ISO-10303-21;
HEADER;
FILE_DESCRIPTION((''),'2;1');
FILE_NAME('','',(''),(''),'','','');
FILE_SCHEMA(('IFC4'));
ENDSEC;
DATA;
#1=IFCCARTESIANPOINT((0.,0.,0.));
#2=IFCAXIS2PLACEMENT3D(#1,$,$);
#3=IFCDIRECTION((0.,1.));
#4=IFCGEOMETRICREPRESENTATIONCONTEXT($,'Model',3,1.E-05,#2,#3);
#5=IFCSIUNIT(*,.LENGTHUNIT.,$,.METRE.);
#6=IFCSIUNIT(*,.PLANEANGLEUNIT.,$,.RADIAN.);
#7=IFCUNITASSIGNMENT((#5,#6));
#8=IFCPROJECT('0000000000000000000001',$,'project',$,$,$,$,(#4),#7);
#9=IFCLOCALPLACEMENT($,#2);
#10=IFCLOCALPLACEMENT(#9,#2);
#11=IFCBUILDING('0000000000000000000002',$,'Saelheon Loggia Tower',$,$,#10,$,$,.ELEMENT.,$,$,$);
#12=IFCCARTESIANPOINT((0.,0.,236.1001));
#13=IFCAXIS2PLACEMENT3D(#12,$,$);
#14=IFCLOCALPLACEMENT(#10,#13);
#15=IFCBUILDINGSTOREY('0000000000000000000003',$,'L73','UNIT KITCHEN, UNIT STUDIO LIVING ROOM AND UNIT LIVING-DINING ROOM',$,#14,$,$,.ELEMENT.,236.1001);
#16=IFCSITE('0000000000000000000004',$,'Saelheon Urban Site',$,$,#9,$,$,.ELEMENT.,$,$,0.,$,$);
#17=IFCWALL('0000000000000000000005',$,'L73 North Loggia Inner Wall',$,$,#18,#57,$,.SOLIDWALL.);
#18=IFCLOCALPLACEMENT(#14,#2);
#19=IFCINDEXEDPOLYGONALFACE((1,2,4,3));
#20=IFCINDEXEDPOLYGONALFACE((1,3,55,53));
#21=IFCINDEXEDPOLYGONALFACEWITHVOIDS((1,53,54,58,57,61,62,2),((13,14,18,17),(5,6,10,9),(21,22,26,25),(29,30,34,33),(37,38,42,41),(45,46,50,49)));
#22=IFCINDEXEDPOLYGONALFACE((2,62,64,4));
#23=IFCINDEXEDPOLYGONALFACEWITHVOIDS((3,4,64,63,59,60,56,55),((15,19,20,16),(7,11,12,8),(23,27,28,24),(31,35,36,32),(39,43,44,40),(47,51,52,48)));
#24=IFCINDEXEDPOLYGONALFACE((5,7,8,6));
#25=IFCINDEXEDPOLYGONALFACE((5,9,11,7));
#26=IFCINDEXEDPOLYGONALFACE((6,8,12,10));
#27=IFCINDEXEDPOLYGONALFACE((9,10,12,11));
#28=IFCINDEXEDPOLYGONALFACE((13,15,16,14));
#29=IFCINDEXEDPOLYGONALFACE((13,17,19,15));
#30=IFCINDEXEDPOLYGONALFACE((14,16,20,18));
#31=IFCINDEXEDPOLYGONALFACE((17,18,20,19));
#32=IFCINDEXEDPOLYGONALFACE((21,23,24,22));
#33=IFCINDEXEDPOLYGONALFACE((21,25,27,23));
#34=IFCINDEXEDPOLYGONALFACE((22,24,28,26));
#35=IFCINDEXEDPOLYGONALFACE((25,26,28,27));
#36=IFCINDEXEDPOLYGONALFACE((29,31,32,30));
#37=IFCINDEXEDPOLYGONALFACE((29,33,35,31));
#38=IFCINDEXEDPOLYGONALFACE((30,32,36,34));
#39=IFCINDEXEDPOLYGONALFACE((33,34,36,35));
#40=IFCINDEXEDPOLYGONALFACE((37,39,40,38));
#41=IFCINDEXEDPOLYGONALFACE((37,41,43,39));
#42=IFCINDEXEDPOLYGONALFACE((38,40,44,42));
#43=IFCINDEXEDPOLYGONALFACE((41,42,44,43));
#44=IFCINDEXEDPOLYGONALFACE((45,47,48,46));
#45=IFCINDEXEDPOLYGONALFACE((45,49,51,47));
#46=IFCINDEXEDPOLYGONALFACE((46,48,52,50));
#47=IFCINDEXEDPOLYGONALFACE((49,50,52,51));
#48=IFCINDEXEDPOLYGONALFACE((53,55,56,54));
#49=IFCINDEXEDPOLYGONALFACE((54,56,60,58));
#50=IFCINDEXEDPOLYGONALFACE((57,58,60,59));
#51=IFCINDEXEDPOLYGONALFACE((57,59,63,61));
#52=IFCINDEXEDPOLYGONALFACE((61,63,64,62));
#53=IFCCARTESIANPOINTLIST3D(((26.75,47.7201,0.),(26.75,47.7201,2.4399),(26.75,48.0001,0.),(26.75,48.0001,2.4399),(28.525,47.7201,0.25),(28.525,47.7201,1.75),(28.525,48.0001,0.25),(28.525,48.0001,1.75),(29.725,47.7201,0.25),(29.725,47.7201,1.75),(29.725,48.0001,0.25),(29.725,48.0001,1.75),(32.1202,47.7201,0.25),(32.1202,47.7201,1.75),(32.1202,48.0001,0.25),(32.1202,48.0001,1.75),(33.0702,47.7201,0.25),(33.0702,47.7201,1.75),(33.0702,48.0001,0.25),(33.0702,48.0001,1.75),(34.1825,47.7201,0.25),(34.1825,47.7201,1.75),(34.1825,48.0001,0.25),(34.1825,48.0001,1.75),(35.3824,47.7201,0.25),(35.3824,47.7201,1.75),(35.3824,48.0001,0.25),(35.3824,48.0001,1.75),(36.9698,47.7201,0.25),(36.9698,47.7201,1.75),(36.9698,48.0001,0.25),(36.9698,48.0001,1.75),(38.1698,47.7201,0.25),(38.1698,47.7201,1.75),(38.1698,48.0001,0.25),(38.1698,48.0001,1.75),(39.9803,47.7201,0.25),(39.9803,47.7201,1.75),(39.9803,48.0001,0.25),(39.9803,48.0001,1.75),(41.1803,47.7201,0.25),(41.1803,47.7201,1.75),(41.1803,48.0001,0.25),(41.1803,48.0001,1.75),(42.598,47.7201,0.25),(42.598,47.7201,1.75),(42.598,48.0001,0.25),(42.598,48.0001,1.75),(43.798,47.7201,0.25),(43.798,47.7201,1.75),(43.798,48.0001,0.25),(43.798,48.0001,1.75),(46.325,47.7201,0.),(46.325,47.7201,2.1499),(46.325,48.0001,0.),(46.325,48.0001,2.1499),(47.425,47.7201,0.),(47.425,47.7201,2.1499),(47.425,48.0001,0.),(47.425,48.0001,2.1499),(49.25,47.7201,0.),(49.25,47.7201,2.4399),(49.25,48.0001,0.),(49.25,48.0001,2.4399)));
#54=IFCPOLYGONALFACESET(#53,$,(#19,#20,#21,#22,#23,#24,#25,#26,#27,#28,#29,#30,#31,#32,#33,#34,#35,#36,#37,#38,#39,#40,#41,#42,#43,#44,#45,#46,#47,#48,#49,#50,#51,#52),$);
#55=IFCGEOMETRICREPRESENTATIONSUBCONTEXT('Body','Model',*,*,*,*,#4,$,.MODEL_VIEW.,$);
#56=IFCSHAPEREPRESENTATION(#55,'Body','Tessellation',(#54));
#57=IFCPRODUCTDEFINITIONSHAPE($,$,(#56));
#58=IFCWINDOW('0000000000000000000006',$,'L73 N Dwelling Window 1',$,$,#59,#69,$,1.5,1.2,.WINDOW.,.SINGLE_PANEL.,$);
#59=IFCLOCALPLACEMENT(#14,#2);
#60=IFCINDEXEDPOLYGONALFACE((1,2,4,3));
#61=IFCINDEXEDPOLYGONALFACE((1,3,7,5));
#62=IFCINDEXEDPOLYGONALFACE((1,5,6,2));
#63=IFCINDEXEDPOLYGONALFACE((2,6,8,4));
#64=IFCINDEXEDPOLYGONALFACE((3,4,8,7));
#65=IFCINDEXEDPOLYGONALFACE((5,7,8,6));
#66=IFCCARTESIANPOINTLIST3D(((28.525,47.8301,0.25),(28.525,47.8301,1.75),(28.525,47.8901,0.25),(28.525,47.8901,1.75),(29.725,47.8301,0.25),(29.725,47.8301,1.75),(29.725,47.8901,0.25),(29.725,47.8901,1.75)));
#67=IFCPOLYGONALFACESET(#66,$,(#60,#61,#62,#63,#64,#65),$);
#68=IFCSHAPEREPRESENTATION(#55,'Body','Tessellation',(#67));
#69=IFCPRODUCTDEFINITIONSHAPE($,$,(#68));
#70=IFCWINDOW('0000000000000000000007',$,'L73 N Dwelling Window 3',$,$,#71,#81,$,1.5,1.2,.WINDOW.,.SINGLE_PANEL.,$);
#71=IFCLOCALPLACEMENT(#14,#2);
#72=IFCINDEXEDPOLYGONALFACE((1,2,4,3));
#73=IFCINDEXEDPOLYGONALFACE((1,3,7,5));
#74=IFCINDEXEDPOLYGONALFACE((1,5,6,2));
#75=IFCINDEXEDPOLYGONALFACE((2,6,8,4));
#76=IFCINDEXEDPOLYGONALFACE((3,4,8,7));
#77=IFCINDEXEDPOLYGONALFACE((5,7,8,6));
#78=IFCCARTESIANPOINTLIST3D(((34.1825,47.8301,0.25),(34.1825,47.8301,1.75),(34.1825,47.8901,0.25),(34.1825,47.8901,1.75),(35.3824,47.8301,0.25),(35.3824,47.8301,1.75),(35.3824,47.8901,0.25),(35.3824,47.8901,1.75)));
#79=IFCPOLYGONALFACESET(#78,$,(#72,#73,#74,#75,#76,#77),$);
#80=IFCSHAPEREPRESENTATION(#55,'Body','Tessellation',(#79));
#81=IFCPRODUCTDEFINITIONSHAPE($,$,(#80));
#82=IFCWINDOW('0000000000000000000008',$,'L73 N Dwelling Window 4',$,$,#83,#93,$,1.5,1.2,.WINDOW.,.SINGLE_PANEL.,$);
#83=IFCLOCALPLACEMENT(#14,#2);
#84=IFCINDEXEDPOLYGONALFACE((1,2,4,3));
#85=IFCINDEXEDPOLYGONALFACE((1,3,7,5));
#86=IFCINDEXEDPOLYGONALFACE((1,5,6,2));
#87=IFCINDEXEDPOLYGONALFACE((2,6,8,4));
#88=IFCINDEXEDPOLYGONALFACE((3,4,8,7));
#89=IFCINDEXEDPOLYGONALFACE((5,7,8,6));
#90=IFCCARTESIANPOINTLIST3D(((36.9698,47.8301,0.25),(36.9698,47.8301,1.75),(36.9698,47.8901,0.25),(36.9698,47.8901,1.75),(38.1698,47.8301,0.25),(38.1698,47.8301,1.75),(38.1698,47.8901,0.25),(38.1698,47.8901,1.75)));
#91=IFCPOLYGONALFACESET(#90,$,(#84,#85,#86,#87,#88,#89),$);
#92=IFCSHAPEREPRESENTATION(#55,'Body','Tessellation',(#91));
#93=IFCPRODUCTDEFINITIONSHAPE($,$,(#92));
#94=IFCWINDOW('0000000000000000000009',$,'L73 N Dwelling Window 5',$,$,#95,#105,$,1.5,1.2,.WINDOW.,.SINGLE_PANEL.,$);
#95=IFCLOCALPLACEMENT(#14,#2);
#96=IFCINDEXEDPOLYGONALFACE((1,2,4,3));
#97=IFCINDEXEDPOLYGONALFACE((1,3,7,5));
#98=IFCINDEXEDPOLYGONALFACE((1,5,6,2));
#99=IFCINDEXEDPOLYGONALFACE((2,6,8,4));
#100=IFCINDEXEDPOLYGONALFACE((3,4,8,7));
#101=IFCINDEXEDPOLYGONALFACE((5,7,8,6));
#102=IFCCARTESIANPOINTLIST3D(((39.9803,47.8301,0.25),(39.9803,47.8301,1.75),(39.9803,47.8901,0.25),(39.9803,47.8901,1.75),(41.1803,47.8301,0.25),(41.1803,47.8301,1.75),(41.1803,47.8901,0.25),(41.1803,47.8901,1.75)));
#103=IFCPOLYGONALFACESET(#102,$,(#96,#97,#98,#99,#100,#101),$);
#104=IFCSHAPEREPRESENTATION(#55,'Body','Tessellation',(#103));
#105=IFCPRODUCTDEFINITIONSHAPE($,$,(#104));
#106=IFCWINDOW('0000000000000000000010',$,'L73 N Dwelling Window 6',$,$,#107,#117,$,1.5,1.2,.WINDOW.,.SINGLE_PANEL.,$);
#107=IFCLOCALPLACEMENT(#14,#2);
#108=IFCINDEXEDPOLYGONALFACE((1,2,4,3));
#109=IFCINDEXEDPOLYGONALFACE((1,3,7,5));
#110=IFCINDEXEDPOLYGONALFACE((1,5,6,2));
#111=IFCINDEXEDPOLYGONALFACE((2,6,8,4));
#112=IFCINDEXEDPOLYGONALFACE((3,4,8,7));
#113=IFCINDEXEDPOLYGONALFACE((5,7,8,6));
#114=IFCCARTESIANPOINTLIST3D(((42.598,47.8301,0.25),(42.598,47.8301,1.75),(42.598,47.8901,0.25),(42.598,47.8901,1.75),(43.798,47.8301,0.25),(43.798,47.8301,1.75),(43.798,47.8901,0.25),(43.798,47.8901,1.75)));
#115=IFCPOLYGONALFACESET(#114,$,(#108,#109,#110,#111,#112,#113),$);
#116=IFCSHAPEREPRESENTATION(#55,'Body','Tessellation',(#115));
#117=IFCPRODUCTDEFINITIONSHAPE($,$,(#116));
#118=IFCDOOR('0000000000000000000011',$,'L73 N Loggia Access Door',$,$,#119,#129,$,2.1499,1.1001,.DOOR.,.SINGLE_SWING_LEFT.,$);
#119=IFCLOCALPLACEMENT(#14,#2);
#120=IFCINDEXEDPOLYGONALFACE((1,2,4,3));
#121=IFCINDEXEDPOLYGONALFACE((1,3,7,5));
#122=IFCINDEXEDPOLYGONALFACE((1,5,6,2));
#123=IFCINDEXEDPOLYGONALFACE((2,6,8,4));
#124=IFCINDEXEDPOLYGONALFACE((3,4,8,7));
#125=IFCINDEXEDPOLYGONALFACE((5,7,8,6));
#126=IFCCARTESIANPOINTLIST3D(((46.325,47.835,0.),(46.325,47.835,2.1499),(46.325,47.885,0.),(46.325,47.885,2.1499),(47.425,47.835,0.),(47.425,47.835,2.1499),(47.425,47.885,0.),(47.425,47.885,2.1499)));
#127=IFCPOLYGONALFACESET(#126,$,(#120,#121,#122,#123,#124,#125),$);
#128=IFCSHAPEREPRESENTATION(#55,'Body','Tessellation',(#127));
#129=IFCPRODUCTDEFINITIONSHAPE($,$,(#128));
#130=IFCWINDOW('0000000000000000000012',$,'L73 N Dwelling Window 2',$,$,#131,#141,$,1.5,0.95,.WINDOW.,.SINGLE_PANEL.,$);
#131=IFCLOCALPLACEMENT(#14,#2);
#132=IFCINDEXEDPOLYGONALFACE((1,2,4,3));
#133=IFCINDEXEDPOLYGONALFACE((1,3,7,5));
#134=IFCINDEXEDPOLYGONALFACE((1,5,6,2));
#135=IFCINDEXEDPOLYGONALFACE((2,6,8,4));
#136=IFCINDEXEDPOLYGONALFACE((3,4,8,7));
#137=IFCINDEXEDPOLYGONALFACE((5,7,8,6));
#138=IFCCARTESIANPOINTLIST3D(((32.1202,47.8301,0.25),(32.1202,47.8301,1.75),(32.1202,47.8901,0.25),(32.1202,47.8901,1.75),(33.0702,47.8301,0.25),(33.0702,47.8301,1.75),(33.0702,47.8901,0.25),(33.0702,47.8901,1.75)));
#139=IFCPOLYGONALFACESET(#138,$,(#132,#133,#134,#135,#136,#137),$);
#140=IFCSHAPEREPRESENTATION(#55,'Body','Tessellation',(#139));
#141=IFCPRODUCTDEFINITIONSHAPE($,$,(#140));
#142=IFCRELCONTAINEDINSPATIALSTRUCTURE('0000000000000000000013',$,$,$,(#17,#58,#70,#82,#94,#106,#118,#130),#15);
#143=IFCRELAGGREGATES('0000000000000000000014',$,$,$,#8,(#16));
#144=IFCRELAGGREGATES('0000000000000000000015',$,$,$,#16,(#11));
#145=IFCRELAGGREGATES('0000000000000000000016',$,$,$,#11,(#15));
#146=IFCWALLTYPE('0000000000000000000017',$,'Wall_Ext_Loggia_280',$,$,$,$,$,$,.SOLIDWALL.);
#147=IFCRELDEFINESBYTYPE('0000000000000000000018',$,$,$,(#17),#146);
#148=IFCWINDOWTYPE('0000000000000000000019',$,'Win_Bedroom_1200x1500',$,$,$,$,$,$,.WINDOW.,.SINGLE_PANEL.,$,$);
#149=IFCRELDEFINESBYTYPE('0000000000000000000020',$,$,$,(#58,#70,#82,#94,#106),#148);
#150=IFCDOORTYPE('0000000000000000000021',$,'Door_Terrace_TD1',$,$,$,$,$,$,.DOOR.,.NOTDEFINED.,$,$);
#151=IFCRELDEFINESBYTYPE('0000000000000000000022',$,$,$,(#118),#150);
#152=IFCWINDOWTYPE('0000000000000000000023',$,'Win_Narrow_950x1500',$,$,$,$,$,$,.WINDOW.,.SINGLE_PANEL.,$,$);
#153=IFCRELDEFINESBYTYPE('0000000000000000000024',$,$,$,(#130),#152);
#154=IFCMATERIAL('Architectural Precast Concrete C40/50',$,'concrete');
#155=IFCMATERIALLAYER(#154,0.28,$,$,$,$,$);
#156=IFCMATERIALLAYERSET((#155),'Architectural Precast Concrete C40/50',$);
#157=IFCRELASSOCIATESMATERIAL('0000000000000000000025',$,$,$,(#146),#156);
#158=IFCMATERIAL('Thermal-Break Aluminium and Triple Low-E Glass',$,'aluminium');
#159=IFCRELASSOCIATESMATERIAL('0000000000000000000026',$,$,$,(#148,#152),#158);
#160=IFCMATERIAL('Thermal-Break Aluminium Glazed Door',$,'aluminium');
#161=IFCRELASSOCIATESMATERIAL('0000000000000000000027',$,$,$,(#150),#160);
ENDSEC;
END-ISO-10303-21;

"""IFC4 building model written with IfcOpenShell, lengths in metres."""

from ifc_helpers import new_model, si_unit, direction, frame, frame_2d, origin, place, context, subcontext, project, spatial, rectangle, extrude, source, transform, mapped, material, layer, layer_set, type_object, element, fill, save


model = new_model("IFC4")

# Units and contexts
model_context = context("Model", 3, precision=1e-05, world=origin(), true_north=direction((0.0, 1.0)))
body_context = subcontext(model_context, "Body", "Model", "MODEL_VIEW")
ifc_project = project(units=[si_unit("LENGTHUNIT", "METRE"), si_unit("PLANEANGLEUNIT", "RADIAN")], contexts=[model_context])

# Site, building, storey
site_placement = place(None, origin())
site = spatial("IfcSite", under=ifc_project, at=site_placement, Name="Saelheon Urban Site", CompositionType="ELEMENT", RefElevation=0.0)
building_placement = place(site_placement, origin())
building = spatial("IfcBuilding", under=site, at=building_placement, Name="Saelheon Loggia Tower", CompositionType="ELEMENT")
storey_placement = place(building_placement, frame((0.0, 0.0, 236.1001)))
storey = spatial("IfcBuildingStorey", under=building, at=storey_placement, Name="L73", Description="UNIT KITCHEN, UNIT STUDIO LIVING ROOM AND UNIT LIVING-DINING ROOM", CompositionType="ELEMENT", Elevation=236.1001)

# Wall, openings, windows, door
ifc_material_1 = material(Name="Architectural Precast Concrete C40/50", Category="concrete")
ifc_layer_1 = layer(ifc_material_1, 0.28)
ifc_layer_set_1 = layer_set([ifc_layer_1], Name="Architectural Precast Concrete C40/50")
wall_type = type_object("IfcWallType", Name="Wall_Ext_Loggia_280", PredefinedType="SOLIDWALL", material=ifc_layer_set_1)
wall_placement = place(storey_placement, frame((26.75, 47.8601, 0.0), z_axis=(0.0, 0.0, 1.0), x_axis=(1.0, 0.0, 0.0)))
wall = element("IfcWall", 1, at=wall_placement, inside=storey, type_object=wall_type, Name="L73 North Loggia Inner Wall", PredefinedType="SOLIDWALL", context=body_context, shape_type="SweptSolid", body=[
    extrude(rectangle(XDim=22.5, YDim=0.28, at=frame_2d((11.25, 0.0))), origin(), (0.0, 0.0, 1.0), 2.4399),
])
opening_1_placement = place(wall_placement, frame((1.7749, 0.0, 0.25)))
opening_1 = element("IfcOpeningElement", 2, at=opening_1_placement, cuts=wall, PredefinedType="OPENING", context=body_context, shape_type="SweptSolid", body=[
    extrude(rectangle(XDim=1.2, YDim=1.5, at=frame_2d((0.6001, 0.75))), frame((0.0, 0.1521, 0.0), z_axis=(0.0, -1.0, 0.0), x_axis=(1.0, 0.0, 0.0)), (0.0, 0.0, 1.0), 0.304),
])
opening_2_placement = place(wall_placement, frame((5.3701, 0.0, 0.25)))
opening_2 = element("IfcOpeningElement", 3, at=opening_2_placement, cuts=wall, PredefinedType="OPENING", context=body_context, shape_type="SweptSolid", body=[
    extrude(rectangle(XDim=0.95, YDim=1.5, at=frame_2d((0.4751, 0.75))), frame((0.0, 0.1521, 0.0), z_axis=(0.0, -1.0, 0.0), x_axis=(1.0, 0.0, 0.0)), (0.0, 0.0, 1.0), 0.304),
])
opening_3_placement = place(wall_placement, frame((7.4324, 0.0, 0.25)))
opening_3 = element("IfcOpeningElement", 4, at=opening_3_placement, cuts=wall, PredefinedType="OPENING", context=body_context, shape_type="SweptSolid", body=[
    extrude(rectangle(XDim=1.2, YDim=1.5, at=frame_2d((0.6001, 0.75))), frame((0.0, 0.1521, 0.0), z_axis=(0.0, -1.0, 0.0), x_axis=(1.0, 0.0, 0.0)), (0.0, 0.0, 1.0), 0.304),
])
opening_4_placement = place(wall_placement, frame((10.2197, 0.0, 0.25)))
opening_4 = element("IfcOpeningElement", 5, at=opening_4_placement, cuts=wall, PredefinedType="OPENING", context=body_context, shape_type="SweptSolid", body=[
    extrude(rectangle(XDim=1.2, YDim=1.5, at=frame_2d((0.6001, 0.75))), frame((0.0, 0.1521, 0.0), z_axis=(0.0, -1.0, 0.0), x_axis=(1.0, 0.0, 0.0)), (0.0, 0.0, 1.0), 0.304),
])
opening_5_placement = place(wall_placement, frame((13.2302, 0.0, 0.25)))
opening_5 = element("IfcOpeningElement", 6, at=opening_5_placement, cuts=wall, PredefinedType="OPENING", context=body_context, shape_type="SweptSolid", body=[
    extrude(rectangle(XDim=1.2, YDim=1.5, at=frame_2d((0.6001, 0.75))), frame((0.0, 0.1521, 0.0), z_axis=(0.0, -1.0, 0.0), x_axis=(1.0, 0.0, 0.0)), (0.0, 0.0, 1.0), 0.304),
])
opening_6_placement = place(wall_placement, frame((15.8479, 0.0, 0.25)))
opening_6 = element("IfcOpeningElement", 7, at=opening_6_placement, cuts=wall, PredefinedType="OPENING", context=body_context, shape_type="SweptSolid", body=[
    extrude(rectangle(XDim=1.2, YDim=1.5, at=frame_2d((0.6001, 0.75))), frame((0.0, 0.1521, 0.0), z_axis=(0.0, -1.0, 0.0), x_axis=(1.0, 0.0, 0.0)), (0.0, 0.0, 1.0), 0.304),
])
opening_7_placement = place(wall_placement, frame((19.575, 0.0, 0.0)))
opening_7 = element("IfcOpeningElement", 8, at=opening_7_placement, cuts=wall, PredefinedType="OPENING", context=body_context, shape_type="SweptSolid", body=[
    extrude(rectangle(XDim=1.1001, YDim=2.1499, at=frame_2d((0.55, 1.075))), frame((0.0, 0.1521, 0.0), z_axis=(0.0, -1.0, 0.0), x_axis=(1.0, 0.0, 0.0)), (0.0, 0.0, 1.0), 0.304),
])
ifc_material_2 = material(Name="Thermal-Break Aluminium and Triple Low-E Glass", Category="aluminium")
window_type_1 = type_object("IfcWindowType", Name="Win_Bedroom_1200x1500", PartitioningType="SINGLE_PANEL", PredefinedType="WINDOW", material=ifc_material_2)
shared_shape_1 = source(origin(), body_context, "Body", "SweptSolid", [
    extrude(rectangle(XDim=1.2, YDim=1.5, at=frame_2d((0.6001, 0.75))), frame((0.0, 0.03, 0.0), z_axis=(0.0, -1.0, 0.0), x_axis=(1.0, 0.0, 0.0)), (0.0, 0.0, 1.0), 0.0601),
])
window_1_placement = place(opening_1_placement, origin())
window_1 = element("IfcWindow", 9, at=window_1_placement, inside=storey, type_object=window_type_1, Name="L73 N Dwelling Window 1", OverallHeight=1.5, OverallWidth=1.2, PartitioningType="SINGLE_PANEL", PredefinedType="WINDOW", context=body_context, shape_type="MappedRepresentation", body=[
    mapped(shared_shape_1, transform((0.0, 0.0, 0.0), scale=1.0)),
])
fill(opening_1, window_1)
window_2_placement = place(opening_3_placement, origin())
window_2 = element("IfcWindow", 10, at=window_2_placement, inside=storey, type_object=window_type_1, Name="L73 N Dwelling Window 3", OverallHeight=1.5, OverallWidth=1.2, PartitioningType="SINGLE_PANEL", PredefinedType="WINDOW", context=body_context, shape_type="MappedRepresentation", body=[
    mapped(shared_shape_1, transform((0.0, 0.0, 0.0), scale=1.0)),
])
fill(opening_3, window_2)
window_3_placement = place(opening_4_placement, origin())
window_3 = element("IfcWindow", 11, at=window_3_placement, inside=storey, type_object=window_type_1, Name="L73 N Dwelling Window 4", OverallHeight=1.5, OverallWidth=1.2, PartitioningType="SINGLE_PANEL", PredefinedType="WINDOW", context=body_context, shape_type="MappedRepresentation", body=[
    mapped(shared_shape_1, transform((0.0, 0.0, 0.0), scale=1.0)),
])
fill(opening_4, window_3)
window_4_placement = place(opening_5_placement, origin())
window_4 = element("IfcWindow", 12, at=window_4_placement, inside=storey, type_object=window_type_1, Name="L73 N Dwelling Window 5", OverallHeight=1.5, OverallWidth=1.2, PartitioningType="SINGLE_PANEL", PredefinedType="WINDOW", context=body_context, shape_type="MappedRepresentation", body=[
    mapped(shared_shape_1, transform((0.0, 0.0, 0.0), scale=1.0)),
])
fill(opening_5, window_4)
window_5_placement = place(opening_6_placement, origin())
window_5 = element("IfcWindow", 13, at=window_5_placement, inside=storey, type_object=window_type_1, Name="L73 N Dwelling Window 6", OverallHeight=1.5, OverallWidth=1.2, PartitioningType="SINGLE_PANEL", PredefinedType="WINDOW", context=body_context, shape_type="MappedRepresentation", body=[
    mapped(shared_shape_1, transform((0.0, 0.0, 0.0), scale=1.0)),
])
fill(opening_6, window_5)
ifc_material_3 = material(Name="Thermal-Break Aluminium Glazed Door", Category="aluminium")
door_type = type_object("IfcDoorType", Name="Door_Terrace_TD1", OperationType="NOTDEFINED", PredefinedType="DOOR", material=ifc_material_3)
shared_shape_2 = source(origin(), body_context, "Body", "SweptSolid", [
    extrude(rectangle(XDim=1.1001, YDim=2.1499, at=frame_2d((0.55, 1.075))), frame((0.0, 0.0249, 0.0), z_axis=(0.0, -1.0, 0.0), x_axis=(1.0, 0.0, 0.0)), (0.0, 0.0, 1.0), 0.05),
])
door_placement = place(opening_7_placement, origin())
door = element("IfcDoor", 14, at=door_placement, inside=storey, type_object=door_type, Name="L73 N Loggia Access Door", OperationType="SINGLE_SWING_LEFT", OverallHeight=2.1499, OverallWidth=1.1001, PredefinedType="DOOR", context=body_context, shape_type="MappedRepresentation", body=[
    mapped(shared_shape_2, transform((0.0, 0.0, 0.0), scale=1.0)),
])
fill(opening_7, door)
window_type_2 = type_object("IfcWindowType", Name="Win_Narrow_950x1500", PartitioningType="SINGLE_PANEL", PredefinedType="WINDOW", material=ifc_material_2)
shared_shape_3 = source(origin(), body_context, "Body", "SweptSolid", [
    extrude(rectangle(XDim=0.95, YDim=1.5, at=frame_2d((0.4751, 0.75))), frame((0.0, 0.03, 0.0), z_axis=(0.0, -1.0, 0.0), x_axis=(1.0, 0.0, 0.0)), (0.0, 0.0, 1.0), 0.0601),
])
window_6_placement = place(opening_2_placement, origin())
window_6 = element("IfcWindow", 15, at=window_6_placement, inside=storey, type_object=window_type_2, Name="L73 N Dwelling Window 2", OverallHeight=1.5, OverallWidth=0.95, PartitioningType="SINGLE_PANEL", PredefinedType="WINDOW", context=body_context, shape_type="MappedRepresentation", body=[
    mapped(shared_shape_3, transform((0.0, 0.0, 0.0), scale=1.0)),
])
fill(opening_2, window_6)

save(model, "model.ifc")
